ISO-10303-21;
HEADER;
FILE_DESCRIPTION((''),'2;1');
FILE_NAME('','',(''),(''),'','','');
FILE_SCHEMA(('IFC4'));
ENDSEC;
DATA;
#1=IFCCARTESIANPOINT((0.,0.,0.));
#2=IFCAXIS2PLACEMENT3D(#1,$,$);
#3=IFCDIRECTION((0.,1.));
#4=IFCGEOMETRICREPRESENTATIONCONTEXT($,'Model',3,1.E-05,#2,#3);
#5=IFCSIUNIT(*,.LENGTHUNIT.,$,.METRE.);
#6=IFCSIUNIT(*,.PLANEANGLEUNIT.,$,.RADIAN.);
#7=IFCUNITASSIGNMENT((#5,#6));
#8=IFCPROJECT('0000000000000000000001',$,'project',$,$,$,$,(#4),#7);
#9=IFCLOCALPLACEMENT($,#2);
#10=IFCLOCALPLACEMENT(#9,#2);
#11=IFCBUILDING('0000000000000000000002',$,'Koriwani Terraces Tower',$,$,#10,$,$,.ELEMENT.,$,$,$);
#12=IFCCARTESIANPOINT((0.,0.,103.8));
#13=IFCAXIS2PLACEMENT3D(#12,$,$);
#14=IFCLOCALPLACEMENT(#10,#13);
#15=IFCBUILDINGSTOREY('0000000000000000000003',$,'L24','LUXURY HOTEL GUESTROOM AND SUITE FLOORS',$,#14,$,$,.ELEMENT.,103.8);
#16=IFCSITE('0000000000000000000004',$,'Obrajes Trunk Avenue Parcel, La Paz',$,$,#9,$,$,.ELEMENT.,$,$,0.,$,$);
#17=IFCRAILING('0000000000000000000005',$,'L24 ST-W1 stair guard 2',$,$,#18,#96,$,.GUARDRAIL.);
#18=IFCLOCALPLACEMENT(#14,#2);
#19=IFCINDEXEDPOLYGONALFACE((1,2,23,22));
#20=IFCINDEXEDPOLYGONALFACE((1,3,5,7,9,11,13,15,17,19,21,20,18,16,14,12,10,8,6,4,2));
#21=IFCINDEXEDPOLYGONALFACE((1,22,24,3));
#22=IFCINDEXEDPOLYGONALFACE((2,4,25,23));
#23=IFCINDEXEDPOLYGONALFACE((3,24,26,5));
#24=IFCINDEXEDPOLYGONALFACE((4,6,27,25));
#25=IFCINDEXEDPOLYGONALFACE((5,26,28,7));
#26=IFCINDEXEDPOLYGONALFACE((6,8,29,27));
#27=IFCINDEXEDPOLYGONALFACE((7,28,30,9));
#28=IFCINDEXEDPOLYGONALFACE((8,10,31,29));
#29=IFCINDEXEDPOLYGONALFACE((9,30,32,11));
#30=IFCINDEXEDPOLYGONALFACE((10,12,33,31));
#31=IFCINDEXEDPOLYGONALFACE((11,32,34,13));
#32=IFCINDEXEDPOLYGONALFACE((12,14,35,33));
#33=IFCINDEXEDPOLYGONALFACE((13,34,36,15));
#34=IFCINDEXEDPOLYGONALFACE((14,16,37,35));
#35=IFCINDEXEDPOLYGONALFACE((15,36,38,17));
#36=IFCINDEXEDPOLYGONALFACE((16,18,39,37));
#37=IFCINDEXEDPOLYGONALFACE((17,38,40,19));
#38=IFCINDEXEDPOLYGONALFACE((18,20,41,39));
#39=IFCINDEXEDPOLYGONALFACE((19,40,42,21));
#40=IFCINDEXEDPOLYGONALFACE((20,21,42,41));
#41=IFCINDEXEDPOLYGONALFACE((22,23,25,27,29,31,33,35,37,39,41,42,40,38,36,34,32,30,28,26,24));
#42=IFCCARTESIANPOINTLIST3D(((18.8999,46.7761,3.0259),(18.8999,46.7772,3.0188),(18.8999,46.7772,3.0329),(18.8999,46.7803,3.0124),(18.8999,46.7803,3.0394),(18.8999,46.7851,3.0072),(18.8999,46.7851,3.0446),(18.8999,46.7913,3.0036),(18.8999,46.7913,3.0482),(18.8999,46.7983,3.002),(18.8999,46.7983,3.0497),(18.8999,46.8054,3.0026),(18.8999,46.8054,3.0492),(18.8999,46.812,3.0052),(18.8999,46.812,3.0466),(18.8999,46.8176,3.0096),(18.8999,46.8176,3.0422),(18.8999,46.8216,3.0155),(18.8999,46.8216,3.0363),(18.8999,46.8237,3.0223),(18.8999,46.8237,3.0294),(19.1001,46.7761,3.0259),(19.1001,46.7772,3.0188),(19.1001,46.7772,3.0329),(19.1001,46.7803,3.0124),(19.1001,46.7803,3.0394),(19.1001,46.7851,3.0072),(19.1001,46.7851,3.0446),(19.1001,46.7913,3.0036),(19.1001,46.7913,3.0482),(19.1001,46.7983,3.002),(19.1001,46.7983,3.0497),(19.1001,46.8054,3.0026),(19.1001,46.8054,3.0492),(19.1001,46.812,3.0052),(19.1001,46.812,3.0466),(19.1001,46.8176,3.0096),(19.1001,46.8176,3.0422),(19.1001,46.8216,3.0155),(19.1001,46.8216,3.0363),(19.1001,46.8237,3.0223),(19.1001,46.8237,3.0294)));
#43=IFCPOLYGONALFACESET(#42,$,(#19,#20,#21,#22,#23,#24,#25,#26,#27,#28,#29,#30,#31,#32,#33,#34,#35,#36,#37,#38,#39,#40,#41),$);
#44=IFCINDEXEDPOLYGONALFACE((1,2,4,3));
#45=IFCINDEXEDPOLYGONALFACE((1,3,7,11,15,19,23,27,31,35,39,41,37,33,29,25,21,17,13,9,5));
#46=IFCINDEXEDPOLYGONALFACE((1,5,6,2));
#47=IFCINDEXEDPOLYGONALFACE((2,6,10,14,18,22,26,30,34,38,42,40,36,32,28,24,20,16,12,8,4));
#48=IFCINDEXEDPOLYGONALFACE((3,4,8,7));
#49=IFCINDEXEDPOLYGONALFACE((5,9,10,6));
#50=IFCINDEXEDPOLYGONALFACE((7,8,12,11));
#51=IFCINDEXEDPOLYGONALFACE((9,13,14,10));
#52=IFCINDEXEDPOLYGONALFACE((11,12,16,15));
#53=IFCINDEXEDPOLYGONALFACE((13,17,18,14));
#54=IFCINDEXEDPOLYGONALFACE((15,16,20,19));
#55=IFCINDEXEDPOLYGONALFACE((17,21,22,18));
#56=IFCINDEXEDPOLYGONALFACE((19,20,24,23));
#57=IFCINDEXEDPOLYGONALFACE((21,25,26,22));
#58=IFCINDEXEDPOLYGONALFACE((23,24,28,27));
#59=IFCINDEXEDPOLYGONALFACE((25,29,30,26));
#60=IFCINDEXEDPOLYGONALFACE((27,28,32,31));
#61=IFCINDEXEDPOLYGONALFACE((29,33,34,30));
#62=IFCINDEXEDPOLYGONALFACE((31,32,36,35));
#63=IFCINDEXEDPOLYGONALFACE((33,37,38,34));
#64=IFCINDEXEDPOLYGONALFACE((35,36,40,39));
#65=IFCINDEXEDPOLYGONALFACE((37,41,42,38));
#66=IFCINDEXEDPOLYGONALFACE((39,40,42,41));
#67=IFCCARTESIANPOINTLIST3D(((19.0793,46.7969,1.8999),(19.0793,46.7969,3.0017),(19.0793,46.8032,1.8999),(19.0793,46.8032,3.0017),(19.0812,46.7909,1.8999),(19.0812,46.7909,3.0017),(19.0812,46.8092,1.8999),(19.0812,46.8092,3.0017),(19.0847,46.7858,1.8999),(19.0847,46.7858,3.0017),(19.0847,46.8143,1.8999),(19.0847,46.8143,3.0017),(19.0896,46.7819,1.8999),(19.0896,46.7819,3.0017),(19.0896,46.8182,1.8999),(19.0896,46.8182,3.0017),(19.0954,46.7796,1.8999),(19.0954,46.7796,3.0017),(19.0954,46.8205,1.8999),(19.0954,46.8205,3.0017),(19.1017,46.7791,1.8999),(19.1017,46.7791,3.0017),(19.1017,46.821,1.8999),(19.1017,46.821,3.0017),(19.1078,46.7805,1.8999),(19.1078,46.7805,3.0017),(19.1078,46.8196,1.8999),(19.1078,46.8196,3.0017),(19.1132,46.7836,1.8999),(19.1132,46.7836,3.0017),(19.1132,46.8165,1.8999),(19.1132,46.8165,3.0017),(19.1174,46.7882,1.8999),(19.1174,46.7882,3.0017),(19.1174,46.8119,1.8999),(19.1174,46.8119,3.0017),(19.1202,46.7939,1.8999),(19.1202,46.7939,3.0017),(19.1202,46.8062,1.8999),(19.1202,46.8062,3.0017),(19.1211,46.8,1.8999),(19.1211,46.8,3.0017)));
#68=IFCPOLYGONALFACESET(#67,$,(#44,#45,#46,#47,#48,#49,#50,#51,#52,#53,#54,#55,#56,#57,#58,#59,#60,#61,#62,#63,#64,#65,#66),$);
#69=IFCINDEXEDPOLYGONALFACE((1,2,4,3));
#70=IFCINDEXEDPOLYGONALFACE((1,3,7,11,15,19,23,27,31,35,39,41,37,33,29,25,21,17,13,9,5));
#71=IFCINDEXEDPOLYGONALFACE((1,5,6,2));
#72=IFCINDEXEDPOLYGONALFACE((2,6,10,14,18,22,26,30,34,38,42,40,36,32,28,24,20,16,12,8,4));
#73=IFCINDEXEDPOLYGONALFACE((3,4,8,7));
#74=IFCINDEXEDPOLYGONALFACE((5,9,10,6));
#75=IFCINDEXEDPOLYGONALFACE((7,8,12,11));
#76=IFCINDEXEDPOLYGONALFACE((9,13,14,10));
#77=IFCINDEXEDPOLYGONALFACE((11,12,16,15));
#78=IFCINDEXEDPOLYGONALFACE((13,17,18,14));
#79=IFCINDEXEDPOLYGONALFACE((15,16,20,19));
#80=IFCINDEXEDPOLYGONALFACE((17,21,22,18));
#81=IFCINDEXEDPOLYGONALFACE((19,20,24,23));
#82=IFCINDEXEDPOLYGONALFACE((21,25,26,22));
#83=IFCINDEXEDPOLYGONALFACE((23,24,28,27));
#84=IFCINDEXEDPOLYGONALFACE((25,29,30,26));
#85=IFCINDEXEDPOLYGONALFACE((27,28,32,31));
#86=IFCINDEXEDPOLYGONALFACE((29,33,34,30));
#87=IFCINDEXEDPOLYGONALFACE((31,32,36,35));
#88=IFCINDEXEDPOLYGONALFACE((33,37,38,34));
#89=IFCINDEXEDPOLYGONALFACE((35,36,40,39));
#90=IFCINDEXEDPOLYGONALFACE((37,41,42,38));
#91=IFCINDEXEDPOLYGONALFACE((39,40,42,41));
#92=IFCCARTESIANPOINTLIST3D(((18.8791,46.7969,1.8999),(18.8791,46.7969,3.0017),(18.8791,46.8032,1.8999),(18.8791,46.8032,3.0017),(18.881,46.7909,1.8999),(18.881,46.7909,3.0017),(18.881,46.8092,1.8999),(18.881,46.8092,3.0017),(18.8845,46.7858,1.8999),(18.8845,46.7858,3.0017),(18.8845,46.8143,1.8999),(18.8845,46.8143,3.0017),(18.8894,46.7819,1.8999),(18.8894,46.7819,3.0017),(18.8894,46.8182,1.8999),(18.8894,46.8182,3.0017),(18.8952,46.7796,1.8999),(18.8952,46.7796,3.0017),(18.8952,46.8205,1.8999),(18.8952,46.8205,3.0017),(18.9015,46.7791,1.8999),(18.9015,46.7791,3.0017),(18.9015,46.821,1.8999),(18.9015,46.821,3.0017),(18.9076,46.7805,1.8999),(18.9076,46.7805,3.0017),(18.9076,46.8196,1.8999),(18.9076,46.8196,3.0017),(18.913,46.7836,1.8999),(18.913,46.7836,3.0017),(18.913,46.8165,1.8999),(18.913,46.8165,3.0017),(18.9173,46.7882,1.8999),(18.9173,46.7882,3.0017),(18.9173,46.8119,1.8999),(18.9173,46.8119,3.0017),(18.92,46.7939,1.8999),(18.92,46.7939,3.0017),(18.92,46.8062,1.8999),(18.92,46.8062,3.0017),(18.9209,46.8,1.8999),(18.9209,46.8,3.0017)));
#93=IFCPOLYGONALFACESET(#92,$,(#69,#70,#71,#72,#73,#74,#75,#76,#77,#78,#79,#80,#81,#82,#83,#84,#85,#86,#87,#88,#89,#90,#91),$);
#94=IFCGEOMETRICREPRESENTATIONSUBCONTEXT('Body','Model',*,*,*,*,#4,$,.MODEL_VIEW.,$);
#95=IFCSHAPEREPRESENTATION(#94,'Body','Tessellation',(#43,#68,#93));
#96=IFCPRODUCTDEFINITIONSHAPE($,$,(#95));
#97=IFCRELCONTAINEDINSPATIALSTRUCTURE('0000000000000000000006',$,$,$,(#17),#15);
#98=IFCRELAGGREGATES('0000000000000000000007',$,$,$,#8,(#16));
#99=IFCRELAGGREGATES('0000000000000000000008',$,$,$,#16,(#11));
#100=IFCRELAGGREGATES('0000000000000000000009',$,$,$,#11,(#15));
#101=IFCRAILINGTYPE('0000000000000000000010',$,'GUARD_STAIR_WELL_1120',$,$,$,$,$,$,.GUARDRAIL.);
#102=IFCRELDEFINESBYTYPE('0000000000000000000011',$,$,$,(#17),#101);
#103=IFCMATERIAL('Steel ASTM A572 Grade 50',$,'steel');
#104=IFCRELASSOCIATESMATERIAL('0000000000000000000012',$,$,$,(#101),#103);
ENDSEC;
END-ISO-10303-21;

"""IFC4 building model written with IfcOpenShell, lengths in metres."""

from ifc_helpers import new_model, si_unit, direction, frame, origin, origin_2d, place, context, subcontext, project, spatial, circle, extrude, material, type_object, element, save


model = new_model("IFC4")

# Units and contexts
model_context = context("Model", 3, precision=1e-05, world=origin(), true_north=direction((0.0, 1.0)))
body_context = subcontext(model_context, "Body", "Model", "MODEL_VIEW")
ifc_project = project(units=[si_unit("LENGTHUNIT", "METRE"), si_unit("PLANEANGLEUNIT", "RADIAN")], contexts=[model_context])

# Site, building, storey
site_placement = place(None, origin())
site = spatial("IfcSite", under=ifc_project, at=site_placement, Name="Obrajes Trunk Avenue Parcel, La Paz", CompositionType="ELEMENT", RefElevation=0.0)
building_placement = place(site_placement, origin())
building = spatial("IfcBuilding", under=site, at=building_placement, Name="Koriwani Terraces Tower", CompositionType="ELEMENT")
storey_placement = place(building_placement, frame((0.0, 0.0, 103.8)))
storey = spatial("IfcBuildingStorey", under=building, at=storey_placement, Name="L24", Description="LUXURY HOTEL GUESTROOM AND SUITE FLOORS", CompositionType="ELEMENT", Elevation=103.8)

# Shared definitions
ifc_material_1 = material(Name="Steel ASTM A572 Grade 50", Category="steel")

# Railing
railing_type_1 = type_object("IfcRailingType", Name="GUARD_STAIR_WELL_1120", PredefinedType="GUARDRAIL", material=ifc_material_1)
railing_1_placement = place(storey_placement, frame((19.1001, 46.8, 1.8999)))
element("IfcRailing", 1, at=railing_1_placement, inside=storey, type_object=railing_type_1, Name="L24 ST-W1 stair guard 2", PredefinedType="GUARDRAIL", context=body_context, shape_type="SweptSolid", body=[
    extrude(circle(Radius=0.0239, at=origin_2d()), frame((0.0, 0.0, 1.126), z_axis=(-1.0, 0.0, 0.0), x_axis=(0.0, -1.0, 0.0)), (0.0, 0.0, 1.0), 0.2002),
    extrude(circle(Radius=0.021, at=origin_2d()), origin(), (0.0, 0.0, 1.0), 1.1018),
    extrude(circle(Radius=0.021, at=origin_2d()), frame((-0.2002, 0.0, 0.0)), (0.0, 0.0, 1.0), 1.1018),
])

save(model, "model.ifc")
